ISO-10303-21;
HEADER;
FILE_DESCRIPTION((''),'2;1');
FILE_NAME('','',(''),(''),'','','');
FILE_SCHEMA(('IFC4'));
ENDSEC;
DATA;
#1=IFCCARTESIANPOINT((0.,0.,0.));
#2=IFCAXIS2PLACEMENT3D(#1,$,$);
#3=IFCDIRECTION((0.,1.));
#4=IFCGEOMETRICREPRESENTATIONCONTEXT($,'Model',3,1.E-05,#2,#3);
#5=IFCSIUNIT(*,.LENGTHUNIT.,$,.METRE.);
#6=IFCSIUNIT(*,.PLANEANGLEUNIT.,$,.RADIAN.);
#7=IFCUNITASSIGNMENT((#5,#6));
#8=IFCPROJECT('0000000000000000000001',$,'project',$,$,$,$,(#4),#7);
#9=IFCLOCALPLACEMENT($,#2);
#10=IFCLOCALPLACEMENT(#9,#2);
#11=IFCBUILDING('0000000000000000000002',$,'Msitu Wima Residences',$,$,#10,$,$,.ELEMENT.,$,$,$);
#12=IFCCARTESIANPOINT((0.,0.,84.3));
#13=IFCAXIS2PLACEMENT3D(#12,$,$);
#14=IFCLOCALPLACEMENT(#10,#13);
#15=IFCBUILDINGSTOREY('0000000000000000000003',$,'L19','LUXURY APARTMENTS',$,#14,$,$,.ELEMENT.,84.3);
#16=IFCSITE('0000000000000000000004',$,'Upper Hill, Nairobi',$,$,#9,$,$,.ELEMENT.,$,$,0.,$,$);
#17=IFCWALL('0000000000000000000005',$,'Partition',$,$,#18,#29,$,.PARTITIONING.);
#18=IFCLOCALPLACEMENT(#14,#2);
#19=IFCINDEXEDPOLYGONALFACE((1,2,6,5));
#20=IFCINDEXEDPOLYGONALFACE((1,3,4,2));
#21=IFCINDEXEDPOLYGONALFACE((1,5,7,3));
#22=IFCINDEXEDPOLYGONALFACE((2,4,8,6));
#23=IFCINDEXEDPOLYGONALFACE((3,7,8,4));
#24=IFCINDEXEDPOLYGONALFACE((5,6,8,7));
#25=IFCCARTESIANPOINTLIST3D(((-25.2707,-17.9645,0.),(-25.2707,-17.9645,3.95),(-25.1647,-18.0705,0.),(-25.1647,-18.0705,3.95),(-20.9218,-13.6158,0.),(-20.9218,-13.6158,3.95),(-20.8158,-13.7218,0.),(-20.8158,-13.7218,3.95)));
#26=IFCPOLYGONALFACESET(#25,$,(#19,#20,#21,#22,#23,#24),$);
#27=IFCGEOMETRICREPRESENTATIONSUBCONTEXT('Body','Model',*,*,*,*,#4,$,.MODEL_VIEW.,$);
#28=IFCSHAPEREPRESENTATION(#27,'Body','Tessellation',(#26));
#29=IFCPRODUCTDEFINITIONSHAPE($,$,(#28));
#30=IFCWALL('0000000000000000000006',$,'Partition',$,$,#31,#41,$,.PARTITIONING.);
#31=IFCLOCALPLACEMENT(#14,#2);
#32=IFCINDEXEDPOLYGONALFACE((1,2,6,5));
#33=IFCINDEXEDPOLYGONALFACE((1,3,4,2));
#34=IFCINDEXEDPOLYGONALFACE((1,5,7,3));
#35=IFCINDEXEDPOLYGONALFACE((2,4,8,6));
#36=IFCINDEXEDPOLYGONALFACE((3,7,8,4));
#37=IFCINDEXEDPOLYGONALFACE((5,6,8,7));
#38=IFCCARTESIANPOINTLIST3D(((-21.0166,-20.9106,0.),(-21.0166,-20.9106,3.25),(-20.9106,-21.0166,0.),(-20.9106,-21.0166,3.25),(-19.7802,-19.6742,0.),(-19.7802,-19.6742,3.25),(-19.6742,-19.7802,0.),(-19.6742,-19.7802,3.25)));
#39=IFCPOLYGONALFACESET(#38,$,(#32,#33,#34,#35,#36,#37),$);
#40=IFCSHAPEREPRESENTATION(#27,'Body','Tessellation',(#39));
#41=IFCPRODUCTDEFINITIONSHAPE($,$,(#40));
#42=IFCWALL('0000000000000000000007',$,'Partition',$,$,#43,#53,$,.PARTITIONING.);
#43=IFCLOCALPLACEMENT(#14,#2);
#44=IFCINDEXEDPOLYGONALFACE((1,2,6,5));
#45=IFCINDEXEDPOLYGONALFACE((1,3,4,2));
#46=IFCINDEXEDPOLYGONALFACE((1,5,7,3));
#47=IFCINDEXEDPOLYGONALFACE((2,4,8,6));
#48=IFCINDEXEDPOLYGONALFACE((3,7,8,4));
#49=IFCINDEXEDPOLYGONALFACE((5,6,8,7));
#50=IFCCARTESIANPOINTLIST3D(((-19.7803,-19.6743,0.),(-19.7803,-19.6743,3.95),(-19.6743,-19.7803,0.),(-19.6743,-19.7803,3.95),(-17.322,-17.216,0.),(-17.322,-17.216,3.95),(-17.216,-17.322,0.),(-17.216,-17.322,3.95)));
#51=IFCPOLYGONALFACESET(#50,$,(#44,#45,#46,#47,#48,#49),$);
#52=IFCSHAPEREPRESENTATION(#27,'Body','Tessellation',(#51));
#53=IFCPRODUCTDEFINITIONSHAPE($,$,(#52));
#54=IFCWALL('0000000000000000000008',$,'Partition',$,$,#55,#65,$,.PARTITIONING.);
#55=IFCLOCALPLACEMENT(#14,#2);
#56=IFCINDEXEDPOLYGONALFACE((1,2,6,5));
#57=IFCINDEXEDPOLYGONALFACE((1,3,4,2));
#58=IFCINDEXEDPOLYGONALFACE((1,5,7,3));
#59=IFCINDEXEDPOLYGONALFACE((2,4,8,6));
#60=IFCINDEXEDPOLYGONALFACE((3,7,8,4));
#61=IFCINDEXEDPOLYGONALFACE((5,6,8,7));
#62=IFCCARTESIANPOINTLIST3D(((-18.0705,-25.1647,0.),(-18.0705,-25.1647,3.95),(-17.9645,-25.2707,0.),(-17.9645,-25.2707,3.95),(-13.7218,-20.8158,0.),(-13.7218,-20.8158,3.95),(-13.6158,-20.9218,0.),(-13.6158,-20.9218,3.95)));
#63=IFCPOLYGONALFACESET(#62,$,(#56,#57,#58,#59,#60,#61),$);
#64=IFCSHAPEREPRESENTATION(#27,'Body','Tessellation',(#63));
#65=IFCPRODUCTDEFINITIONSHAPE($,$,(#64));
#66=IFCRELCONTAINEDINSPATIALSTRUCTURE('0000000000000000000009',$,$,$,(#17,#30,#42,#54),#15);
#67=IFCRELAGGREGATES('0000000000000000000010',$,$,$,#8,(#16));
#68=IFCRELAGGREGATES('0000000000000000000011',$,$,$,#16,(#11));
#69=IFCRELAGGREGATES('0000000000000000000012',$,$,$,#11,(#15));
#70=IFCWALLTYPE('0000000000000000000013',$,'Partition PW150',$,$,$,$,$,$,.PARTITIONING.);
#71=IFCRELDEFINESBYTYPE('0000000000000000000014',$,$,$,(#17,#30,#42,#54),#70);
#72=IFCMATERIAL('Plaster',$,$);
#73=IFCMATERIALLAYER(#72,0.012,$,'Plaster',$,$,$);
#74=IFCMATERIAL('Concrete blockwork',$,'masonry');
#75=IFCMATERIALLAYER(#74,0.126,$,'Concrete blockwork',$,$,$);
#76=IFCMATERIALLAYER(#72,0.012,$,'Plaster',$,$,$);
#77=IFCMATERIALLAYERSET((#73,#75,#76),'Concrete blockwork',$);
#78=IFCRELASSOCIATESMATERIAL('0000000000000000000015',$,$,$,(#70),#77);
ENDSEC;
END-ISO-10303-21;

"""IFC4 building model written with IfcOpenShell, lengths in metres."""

from ifc_helpers import new_model, si_unit, direction, frame, frame_2d, origin, place, context, subcontext, project, spatial, rectangle, extrude, material, layer, layer_set, type_object, element, save


model = new_model("IFC4")

# Units and contexts
model_context = context("Model", 3, precision=1e-05, world=origin(), true_north=direction((0.0, 1.0)))
body_context = subcontext(model_context, "Body", "Model", "MODEL_VIEW")
ifc_project = project(units=[si_unit("LENGTHUNIT", "METRE"), si_unit("PLANEANGLEUNIT", "RADIAN")], contexts=[model_context])

# Site, building, storey
site_placement = place(None, origin())
site = spatial("IfcSite", under=ifc_project, at=site_placement, Name="Upper Hill, Nairobi", CompositionType="ELEMENT", RefElevation=0.0)
building_placement = place(site_placement, origin())
building = spatial("IfcBuilding", under=site, at=building_placement, Name="Msitu Wima Residences", CompositionType="ELEMENT")
storey_placement = place(building_placement, frame((0.0, 0.0, 84.3)))
storey = spatial("IfcBuildingStorey", under=building, at=storey_placement, Name="L19", Description="LUXURY APARTMENTS", CompositionType="ELEMENT", Elevation=84.3)

# Shared definitions
ifc_material_1 = material(Name="Plaster")
ifc_material_2 = material(Name="Concrete blockwork", Category="masonry")

# Walls
ifc_layer_1 = layer(ifc_material_1, 0.012, Name="Plaster")
ifc_layer_2 = layer(ifc_material_2, 0.126, Name="Concrete blockwork")
ifc_layer_3 = layer(ifc_material_1, 0.012, Name="Plaster")
ifc_layer_set_1 = layer_set([ifc_layer_1, ifc_layer_2, ifc_layer_3], Name="Concrete blockwork")
wall_type_1 = type_object("IfcWallType", Name="Partition PW150", PredefinedType="PARTITIONING", material=ifc_layer_set_1)
wall_1_placement = place(storey_placement, frame((-25.2178, -18.0176, 0.0), z_axis=(0.0, 0.0, 1.0), x_axis=(0.707127, 0.707087, 0.0)))
element("IfcWall", 1, at=wall_1_placement, inside=storey, type_object=wall_type_1, Name="Partition", PredefinedType="PARTITIONING", context=body_context, shape_type="SweptSolid", body=[
    extrude(rectangle(XDim=6.1501, YDim=0.1499, at=frame_2d((3.0752, 0.0))), origin(), (0.0, 0.0, 1.0), 3.95),
])
wall_2_placement = place(storey_placement, frame((-20.9636, -20.9636, 0.0), z_axis=(0.0, 0.0, 1.0), x_axis=(0.707107, 0.707107, 0.0)))
element("IfcWall", 2, at=wall_2_placement, inside=storey, type_object=wall_type_1, Name="Partition", PredefinedType="PARTITIONING", context=body_context, shape_type="SweptSolid", body=[
    extrude(rectangle(XDim=1.7485, YDim=0.1499, at=frame_2d((0.8743, 0.0))), origin(), (0.0, 0.0, 1.0), 3.25),
])
wall_3_placement = place(storey_placement, frame((-19.7273, -19.7273, 0.0), z_axis=(0.0, 0.0, 1.0), x_axis=(0.707107, 0.707107, 0.0)))
element("IfcWall", 3, at=wall_3_placement, inside=storey, type_object=wall_type_1, Name="Partition", PredefinedType="PARTITIONING", context=body_context, shape_type="SweptSolid", body=[
    extrude(rectangle(XDim=3.4766, YDim=0.1499, at=frame_2d((1.7383, 0.0))), origin(), (0.0, 0.0, 1.0), 3.95),
])
wall_4_placement = place(storey_placement, frame((-18.0176, -25.2178, 0.0), z_axis=(0.0, 0.0, 1.0), x_axis=(0.707087, 0.707127, 0.0)))
element("IfcWall", 4, at=wall_4_placement, inside=storey, type_object=wall_type_1, Name="Partition", PredefinedType="PARTITIONING", context=body_context, shape_type="SweptSolid", body=[
    extrude(rectangle(XDim=6.1501, YDim=0.1499, at=frame_2d((3.0752, 0.0))), origin(), (0.0, 0.0, 1.0), 3.95),
])

save(model, "model.ifc")
